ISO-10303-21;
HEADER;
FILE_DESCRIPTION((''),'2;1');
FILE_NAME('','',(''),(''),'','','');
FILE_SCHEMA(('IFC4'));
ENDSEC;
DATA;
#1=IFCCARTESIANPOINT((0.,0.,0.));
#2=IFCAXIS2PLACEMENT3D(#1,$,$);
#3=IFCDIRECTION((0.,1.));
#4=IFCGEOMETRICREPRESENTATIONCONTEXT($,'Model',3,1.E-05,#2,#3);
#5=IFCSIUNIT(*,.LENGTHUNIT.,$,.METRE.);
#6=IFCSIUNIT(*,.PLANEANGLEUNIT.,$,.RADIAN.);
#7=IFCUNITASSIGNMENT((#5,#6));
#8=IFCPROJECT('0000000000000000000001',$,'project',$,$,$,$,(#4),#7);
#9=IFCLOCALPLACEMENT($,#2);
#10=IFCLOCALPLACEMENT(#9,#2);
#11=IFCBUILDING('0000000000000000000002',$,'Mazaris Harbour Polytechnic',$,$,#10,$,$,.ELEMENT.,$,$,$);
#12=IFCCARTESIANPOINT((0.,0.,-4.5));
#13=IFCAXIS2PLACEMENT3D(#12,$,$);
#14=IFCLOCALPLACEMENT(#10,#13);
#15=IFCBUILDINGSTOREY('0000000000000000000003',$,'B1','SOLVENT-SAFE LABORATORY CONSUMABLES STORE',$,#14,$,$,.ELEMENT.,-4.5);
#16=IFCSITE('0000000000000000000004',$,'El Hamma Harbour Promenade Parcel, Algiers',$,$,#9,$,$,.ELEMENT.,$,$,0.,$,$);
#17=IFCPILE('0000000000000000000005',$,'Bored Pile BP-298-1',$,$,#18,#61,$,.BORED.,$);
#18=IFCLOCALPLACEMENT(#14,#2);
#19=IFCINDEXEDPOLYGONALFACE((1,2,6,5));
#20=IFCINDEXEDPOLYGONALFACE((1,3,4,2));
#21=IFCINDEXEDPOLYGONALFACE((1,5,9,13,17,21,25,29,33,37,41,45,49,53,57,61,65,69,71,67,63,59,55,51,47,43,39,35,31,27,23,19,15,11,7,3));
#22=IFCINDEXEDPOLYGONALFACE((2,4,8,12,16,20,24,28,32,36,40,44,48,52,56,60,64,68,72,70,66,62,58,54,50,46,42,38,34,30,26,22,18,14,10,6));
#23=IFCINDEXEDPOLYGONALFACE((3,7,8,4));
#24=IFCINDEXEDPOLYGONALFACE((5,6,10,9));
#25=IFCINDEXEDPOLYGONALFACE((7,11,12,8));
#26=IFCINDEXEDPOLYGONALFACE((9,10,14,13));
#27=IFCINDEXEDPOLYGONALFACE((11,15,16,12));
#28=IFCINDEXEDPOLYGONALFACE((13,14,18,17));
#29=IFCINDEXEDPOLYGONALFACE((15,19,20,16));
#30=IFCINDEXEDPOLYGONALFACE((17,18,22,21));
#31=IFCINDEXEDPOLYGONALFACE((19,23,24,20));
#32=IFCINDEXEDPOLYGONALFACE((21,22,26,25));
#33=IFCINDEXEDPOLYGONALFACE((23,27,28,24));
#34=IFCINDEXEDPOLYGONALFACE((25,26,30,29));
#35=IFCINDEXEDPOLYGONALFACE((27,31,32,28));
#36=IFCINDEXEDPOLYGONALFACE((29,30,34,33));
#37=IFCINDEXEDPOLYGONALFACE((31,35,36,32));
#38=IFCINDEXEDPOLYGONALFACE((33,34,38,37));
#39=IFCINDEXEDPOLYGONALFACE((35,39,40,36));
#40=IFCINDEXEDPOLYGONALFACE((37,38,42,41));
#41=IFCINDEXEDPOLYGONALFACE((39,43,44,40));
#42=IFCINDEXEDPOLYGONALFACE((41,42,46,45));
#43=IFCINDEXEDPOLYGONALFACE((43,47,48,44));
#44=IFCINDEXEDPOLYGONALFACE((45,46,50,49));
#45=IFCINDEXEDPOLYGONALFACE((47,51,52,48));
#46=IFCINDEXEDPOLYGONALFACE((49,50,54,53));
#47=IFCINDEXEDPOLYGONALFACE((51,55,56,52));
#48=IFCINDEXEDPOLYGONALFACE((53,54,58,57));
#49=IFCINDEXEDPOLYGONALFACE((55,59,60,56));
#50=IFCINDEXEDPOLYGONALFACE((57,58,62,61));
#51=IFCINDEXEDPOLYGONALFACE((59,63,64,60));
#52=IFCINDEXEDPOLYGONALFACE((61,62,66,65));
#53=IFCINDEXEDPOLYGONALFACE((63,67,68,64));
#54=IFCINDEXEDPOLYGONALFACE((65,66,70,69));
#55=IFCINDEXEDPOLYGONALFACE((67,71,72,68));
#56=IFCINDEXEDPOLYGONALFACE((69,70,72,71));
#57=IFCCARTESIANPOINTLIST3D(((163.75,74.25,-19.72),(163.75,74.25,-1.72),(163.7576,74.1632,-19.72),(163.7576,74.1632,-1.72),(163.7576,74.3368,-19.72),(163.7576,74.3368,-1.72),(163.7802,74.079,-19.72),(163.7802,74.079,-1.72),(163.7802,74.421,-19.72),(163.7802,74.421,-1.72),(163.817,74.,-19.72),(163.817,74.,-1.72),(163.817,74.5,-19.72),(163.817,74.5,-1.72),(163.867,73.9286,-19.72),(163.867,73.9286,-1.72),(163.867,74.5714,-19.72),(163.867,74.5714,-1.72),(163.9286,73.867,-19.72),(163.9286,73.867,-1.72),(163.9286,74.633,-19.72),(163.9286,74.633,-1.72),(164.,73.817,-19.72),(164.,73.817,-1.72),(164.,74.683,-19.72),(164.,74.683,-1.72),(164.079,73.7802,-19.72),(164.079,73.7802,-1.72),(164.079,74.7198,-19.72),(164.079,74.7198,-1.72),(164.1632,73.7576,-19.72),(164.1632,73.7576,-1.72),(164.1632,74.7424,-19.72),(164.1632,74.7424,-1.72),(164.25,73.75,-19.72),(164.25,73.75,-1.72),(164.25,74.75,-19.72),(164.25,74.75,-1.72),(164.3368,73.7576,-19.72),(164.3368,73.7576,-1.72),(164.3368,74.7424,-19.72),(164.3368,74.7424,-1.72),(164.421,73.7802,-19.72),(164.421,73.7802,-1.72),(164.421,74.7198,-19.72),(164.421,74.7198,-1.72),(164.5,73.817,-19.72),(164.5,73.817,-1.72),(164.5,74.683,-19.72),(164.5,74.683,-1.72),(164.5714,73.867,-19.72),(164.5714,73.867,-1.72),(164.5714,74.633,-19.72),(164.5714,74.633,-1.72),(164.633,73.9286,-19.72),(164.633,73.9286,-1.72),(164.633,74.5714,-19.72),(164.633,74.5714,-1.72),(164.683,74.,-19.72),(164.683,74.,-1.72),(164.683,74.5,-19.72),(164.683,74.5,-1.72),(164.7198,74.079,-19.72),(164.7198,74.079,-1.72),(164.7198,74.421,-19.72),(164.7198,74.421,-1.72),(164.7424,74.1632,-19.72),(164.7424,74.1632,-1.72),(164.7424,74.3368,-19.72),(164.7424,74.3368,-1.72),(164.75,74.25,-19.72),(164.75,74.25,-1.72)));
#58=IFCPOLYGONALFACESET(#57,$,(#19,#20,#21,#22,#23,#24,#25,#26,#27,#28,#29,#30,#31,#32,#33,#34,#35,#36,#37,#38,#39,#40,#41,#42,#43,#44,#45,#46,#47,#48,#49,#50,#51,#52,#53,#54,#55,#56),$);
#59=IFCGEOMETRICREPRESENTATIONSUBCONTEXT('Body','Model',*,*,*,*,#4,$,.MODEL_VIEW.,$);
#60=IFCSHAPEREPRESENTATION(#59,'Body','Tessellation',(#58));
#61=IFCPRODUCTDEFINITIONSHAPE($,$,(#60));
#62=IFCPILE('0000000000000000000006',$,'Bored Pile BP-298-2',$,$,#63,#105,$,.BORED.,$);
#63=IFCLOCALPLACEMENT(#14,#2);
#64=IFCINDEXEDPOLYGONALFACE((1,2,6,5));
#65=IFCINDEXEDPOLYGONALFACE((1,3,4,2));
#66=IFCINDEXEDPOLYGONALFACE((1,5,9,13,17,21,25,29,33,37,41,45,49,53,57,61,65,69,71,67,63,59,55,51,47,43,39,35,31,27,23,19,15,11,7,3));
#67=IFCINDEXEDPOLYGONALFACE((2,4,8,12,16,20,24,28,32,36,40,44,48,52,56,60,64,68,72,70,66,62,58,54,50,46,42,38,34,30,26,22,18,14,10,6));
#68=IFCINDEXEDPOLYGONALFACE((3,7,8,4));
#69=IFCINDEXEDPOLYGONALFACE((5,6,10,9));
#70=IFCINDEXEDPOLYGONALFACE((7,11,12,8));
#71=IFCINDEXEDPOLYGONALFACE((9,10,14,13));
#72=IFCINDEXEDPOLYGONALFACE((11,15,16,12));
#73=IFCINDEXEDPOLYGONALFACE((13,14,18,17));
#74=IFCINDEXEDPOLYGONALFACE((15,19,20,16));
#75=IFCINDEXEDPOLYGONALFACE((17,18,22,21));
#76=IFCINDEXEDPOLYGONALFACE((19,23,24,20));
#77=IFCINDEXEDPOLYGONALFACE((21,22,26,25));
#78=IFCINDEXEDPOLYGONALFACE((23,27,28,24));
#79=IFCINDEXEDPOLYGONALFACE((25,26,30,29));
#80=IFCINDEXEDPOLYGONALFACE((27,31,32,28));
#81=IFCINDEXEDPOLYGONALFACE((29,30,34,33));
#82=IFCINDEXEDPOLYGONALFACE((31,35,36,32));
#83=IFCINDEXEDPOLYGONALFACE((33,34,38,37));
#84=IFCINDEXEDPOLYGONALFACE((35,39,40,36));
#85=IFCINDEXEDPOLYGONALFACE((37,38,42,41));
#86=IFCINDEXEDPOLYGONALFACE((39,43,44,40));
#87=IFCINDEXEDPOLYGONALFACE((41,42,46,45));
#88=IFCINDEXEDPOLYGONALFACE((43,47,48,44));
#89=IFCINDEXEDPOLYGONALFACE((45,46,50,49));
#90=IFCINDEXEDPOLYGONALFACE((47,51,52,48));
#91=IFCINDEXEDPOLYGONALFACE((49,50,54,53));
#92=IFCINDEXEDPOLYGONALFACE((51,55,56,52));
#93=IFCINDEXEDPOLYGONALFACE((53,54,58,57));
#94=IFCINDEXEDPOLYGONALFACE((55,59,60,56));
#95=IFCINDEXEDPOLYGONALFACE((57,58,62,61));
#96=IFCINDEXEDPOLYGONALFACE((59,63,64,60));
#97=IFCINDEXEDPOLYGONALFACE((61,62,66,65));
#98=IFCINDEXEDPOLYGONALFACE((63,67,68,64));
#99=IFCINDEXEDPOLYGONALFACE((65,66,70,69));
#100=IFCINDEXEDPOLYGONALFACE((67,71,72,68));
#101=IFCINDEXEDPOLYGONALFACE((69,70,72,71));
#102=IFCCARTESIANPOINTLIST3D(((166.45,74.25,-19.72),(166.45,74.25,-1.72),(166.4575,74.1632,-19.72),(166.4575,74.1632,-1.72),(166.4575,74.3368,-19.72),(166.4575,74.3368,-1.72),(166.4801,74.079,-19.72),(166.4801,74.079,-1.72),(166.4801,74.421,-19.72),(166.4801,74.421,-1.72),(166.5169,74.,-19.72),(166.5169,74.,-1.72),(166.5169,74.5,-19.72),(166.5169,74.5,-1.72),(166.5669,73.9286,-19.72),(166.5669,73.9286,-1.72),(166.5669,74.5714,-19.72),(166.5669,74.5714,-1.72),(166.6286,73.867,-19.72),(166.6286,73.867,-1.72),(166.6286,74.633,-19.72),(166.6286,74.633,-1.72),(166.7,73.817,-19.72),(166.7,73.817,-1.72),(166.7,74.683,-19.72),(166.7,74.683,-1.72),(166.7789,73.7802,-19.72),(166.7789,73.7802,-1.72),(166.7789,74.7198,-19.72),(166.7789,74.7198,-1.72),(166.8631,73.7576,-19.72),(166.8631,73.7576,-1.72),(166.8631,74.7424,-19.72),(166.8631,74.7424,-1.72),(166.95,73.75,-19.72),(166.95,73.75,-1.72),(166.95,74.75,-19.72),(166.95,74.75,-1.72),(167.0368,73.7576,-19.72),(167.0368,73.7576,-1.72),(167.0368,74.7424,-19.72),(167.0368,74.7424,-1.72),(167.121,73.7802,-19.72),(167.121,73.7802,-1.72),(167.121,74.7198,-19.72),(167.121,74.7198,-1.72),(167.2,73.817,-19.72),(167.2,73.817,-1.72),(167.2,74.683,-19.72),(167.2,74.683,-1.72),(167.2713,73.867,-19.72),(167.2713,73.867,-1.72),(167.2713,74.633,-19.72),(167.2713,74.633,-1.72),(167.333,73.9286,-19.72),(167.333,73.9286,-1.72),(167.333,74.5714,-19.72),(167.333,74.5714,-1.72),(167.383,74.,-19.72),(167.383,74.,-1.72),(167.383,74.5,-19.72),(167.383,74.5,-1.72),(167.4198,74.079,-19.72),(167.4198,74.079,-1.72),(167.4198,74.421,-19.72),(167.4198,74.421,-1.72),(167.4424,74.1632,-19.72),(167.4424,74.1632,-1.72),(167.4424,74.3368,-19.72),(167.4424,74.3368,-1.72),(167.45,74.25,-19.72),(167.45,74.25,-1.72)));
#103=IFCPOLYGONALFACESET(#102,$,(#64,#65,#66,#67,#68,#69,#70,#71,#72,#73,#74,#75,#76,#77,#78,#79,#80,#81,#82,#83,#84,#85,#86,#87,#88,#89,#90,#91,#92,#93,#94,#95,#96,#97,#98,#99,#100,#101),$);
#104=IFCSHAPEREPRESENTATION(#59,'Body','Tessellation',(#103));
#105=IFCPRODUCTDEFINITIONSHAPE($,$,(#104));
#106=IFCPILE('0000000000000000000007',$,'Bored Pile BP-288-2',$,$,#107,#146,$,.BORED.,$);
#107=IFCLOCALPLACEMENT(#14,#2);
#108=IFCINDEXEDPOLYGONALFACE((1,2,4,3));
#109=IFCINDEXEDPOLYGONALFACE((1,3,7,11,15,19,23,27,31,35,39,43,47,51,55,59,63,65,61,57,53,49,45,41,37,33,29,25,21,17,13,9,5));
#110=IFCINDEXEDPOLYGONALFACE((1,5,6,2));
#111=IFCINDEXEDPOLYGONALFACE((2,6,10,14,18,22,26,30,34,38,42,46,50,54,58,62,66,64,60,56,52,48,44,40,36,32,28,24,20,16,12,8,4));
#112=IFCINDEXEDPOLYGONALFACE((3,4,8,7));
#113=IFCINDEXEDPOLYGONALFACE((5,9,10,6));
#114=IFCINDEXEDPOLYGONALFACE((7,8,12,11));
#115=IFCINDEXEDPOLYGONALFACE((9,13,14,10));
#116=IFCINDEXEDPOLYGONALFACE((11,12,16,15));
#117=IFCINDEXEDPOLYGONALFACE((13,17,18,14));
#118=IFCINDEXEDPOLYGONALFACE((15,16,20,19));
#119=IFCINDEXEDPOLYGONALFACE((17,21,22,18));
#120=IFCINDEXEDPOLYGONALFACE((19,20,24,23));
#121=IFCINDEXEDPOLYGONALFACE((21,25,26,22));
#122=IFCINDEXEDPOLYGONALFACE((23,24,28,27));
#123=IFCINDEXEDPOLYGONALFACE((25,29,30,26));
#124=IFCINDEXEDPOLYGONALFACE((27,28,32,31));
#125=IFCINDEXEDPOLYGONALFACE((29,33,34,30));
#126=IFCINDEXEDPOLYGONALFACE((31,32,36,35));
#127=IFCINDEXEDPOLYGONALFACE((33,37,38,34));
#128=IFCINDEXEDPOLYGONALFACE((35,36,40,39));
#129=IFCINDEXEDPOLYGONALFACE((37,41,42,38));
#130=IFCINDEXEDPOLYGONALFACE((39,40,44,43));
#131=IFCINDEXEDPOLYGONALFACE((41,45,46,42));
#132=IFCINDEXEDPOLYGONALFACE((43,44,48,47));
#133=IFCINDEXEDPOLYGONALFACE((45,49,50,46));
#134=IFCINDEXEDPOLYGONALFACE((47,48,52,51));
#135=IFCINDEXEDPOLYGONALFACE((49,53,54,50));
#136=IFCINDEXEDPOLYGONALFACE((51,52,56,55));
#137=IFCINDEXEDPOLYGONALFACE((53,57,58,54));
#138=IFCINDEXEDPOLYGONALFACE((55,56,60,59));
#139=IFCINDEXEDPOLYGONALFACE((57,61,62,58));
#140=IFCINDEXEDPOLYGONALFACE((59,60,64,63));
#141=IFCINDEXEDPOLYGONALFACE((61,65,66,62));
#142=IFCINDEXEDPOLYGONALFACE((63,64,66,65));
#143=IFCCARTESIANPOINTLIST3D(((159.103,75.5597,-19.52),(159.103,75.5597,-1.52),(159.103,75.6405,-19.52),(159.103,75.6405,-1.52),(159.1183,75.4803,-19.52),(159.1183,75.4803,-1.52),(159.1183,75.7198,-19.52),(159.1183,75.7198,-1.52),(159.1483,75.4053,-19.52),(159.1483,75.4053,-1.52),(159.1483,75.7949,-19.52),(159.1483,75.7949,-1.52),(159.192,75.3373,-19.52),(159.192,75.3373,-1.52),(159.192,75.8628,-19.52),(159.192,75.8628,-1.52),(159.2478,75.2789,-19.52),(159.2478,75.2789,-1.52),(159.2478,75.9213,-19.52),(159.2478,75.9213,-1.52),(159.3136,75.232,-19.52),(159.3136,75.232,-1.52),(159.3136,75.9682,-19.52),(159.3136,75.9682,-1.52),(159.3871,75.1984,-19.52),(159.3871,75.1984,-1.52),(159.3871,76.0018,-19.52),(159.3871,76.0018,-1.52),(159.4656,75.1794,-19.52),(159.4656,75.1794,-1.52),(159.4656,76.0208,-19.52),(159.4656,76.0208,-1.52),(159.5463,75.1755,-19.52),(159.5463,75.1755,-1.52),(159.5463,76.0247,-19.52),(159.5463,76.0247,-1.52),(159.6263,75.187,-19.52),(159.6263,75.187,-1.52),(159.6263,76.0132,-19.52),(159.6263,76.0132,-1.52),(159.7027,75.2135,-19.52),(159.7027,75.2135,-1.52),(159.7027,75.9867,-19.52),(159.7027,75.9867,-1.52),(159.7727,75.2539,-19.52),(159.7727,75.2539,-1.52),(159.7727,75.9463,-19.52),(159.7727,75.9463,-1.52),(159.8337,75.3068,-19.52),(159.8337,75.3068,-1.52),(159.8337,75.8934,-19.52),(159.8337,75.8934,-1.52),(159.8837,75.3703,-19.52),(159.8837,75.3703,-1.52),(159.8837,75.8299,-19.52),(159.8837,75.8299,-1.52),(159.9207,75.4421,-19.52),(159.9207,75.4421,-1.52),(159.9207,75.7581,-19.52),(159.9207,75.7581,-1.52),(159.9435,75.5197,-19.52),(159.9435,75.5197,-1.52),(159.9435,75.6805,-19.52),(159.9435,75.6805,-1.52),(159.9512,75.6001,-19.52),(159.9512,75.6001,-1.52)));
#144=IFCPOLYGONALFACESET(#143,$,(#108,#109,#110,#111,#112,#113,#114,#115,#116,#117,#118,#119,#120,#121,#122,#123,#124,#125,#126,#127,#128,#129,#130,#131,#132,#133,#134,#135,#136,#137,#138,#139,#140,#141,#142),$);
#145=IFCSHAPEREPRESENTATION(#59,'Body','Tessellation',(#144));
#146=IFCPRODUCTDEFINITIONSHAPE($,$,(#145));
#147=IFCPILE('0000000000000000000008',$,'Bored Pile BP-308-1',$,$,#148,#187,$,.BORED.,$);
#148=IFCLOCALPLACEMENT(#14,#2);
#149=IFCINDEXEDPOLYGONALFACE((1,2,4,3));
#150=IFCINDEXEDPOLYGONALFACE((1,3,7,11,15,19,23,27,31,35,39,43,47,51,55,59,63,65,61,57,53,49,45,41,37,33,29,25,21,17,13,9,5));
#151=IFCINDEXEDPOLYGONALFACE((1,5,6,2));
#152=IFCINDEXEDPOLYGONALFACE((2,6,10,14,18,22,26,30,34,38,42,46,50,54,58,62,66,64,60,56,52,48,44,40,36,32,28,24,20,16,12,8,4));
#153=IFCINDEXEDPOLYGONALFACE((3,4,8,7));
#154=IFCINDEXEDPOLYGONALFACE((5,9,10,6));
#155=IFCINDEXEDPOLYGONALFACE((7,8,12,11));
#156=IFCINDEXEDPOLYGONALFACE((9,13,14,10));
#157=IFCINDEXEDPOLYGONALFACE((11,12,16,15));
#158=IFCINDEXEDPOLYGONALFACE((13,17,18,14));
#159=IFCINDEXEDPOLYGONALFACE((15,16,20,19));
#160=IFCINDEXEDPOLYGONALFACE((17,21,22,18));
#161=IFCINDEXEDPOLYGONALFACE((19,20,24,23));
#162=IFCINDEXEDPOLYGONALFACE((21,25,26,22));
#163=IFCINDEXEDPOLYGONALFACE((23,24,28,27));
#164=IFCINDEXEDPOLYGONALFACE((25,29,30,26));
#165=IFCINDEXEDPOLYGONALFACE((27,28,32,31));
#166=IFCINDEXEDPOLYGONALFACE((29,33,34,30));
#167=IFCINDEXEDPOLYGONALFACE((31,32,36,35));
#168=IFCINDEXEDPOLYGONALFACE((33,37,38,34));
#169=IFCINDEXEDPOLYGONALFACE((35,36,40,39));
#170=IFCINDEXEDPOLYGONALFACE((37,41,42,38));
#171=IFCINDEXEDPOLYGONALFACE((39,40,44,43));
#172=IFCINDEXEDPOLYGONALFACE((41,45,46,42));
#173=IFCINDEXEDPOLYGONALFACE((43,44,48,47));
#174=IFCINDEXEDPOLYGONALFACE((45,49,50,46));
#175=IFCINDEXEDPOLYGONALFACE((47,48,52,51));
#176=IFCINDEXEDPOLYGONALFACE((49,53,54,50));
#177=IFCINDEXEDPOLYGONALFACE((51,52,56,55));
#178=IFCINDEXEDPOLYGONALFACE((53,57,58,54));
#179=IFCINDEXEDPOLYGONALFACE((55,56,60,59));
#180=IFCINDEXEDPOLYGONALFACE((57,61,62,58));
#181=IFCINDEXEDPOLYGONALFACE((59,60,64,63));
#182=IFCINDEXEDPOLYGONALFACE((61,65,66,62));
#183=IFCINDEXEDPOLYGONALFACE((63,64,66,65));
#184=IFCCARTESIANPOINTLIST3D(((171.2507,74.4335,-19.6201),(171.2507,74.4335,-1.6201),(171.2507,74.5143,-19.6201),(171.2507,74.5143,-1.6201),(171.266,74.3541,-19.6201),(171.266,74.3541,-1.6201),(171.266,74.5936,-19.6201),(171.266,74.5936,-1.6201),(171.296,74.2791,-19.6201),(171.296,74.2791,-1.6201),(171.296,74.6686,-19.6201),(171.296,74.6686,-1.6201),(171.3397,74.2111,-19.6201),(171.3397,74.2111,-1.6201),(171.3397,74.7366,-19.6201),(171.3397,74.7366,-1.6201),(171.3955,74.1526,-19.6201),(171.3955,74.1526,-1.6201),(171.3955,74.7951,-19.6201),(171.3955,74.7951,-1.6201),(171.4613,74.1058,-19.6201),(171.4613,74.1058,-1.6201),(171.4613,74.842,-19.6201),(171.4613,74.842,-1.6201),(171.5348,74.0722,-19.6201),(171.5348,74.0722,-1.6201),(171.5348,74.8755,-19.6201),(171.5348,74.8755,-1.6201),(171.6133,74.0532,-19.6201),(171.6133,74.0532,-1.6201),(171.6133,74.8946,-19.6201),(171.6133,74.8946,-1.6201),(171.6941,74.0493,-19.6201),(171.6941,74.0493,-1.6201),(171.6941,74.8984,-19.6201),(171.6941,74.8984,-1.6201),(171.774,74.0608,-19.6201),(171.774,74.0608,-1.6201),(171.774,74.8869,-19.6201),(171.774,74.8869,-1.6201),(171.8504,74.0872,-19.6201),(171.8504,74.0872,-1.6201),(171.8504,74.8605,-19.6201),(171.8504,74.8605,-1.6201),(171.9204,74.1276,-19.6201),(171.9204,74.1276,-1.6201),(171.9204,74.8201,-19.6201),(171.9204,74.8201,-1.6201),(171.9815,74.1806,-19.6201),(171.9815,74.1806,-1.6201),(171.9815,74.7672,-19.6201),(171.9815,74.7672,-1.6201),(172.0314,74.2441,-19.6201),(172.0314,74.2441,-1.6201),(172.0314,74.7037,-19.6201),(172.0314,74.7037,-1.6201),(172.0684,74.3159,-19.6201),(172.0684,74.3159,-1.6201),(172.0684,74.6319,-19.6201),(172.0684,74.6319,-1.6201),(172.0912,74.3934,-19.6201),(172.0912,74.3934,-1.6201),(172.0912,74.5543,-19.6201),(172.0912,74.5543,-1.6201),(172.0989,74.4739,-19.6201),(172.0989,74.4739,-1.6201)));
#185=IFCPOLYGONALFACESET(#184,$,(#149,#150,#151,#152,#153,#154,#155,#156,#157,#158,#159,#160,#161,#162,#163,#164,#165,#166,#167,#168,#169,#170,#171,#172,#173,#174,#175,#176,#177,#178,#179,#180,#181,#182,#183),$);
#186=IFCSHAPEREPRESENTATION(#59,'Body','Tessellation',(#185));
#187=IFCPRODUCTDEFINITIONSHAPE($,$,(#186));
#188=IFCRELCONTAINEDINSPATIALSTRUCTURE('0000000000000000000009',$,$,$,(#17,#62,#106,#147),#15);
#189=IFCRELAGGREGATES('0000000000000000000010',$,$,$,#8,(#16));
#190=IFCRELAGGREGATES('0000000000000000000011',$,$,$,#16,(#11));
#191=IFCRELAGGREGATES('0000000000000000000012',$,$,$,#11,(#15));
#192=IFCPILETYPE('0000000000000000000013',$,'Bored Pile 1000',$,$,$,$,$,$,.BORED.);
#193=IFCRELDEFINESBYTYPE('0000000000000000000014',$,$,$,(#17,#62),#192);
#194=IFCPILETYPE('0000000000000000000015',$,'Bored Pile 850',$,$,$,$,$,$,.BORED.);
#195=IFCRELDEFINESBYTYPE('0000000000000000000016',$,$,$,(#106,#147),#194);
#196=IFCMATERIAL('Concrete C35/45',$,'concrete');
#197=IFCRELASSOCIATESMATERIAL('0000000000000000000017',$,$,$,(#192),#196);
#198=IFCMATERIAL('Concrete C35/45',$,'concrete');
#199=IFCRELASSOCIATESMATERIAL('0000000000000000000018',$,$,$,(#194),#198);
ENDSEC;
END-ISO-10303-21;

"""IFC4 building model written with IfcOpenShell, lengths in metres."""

from ifc_helpers import new_model, si_unit, direction, frame, origin, origin_2d, place, context, subcontext, project, spatial, circle, extrude, material, material_profile, profile_set, type_object, element, save


model = new_model("IFC4")

# Units and contexts
model_context = context("Model", 3, precision=1e-05, world=origin(), true_north=direction((0.0, 1.0)))
body_context = subcontext(model_context, "Body", "Model", "MODEL_VIEW")
ifc_project = project(units=[si_unit("LENGTHUNIT", "METRE"), si_unit("PLANEANGLEUNIT", "RADIAN")], contexts=[model_context])

# Site, building, storey
site_placement = place(None, origin())
site = spatial("IfcSite", under=ifc_project, at=site_placement, Name="El Hamma Harbour Promenade Parcel, Algiers", CompositionType="ELEMENT", RefElevation=0.0)
building_placement = place(site_placement, origin())
building = spatial("IfcBuilding", under=site, at=building_placement, Name="Mazaris Harbour Polytechnic", CompositionType="ELEMENT")
storey_placement = place(building_placement, frame((0.0, 0.0, -4.5)))
storey = spatial("IfcBuildingStorey", under=building, at=storey_placement, Name="B1", Description="SOLVENT-SAFE LABORATORY CONSUMABLES STORE", CompositionType="ELEMENT", Elevation=-4.5)

# Piles
ifc_material_1 = material(Name="Concrete C35/45", Category="concrete")
ifc_material_profile_1 = material_profile(ifc_material_1, circle(Radius=0.5, at=origin_2d()), Name="DIA1000")
ifc_profile_set_1 = profile_set([ifc_material_profile_1], Name="Concrete C35/45")
pile_type_1 = type_object("IfcPileType", Name="Bored Pile 1000", PredefinedType="BORED", material=ifc_profile_set_1)
for number, where, z_axis, x_axis, name in (
    (1, (164.25, 74.25, -1.72), (0.0, 0.0, -1.0), (1.0, 0.0, 0.0), "Bored Pile BP-298-1"),
    (2, (166.95, 74.25, -1.72), (0.0, 0.0, -1.0), (1.0, 0.0, 0.0), "Bored Pile BP-298-2"),
):
    element("IfcPile", number, at=place(storey_placement, frame(where, z_axis=z_axis, x_axis=x_axis)), inside=storey, type_object=pile_type_1, Name=name, PredefinedType="BORED", context=body_context, shape_type="SweptSolid", body=[
        extrude(circle(Radius=0.5, at=origin_2d()), origin(), (0.0, 0.0, 1.0), 18.0),
    ])
ifc_material_2 = material(Name="Concrete C35/45", Category="concrete")
ifc_material_profile_2 = material_profile(ifc_material_2, circle(Radius=0.425, at=origin_2d()), Name="DIA850")
ifc_profile_set_2 = profile_set([ifc_material_profile_2], Name="Concrete C35/45")
pile_type_2 = type_object("IfcPileType", Name="Bored Pile 850", PredefinedType="BORED", material=ifc_profile_set_2)
for number, where, z_axis, x_axis, name in (
    (3, (159.5261, 75.6001, -1.52), (0.0, 0.0, -1.0), (1.0, 0.0, 0.0), "Bored Pile BP-288-2"),
    (4, (171.6738, 74.4739, -1.6201), (0.0, 0.0, -1.0), (1.0, 0.0, 0.0), "Bored Pile BP-308-1"),
):
    element("IfcPile", number, at=place(storey_placement, frame(where, z_axis=z_axis, x_axis=x_axis)), inside=storey, type_object=pile_type_2, Name=name, PredefinedType="BORED", context=body_context, shape_type="SweptSolid", body=[
        extrude(circle(Radius=0.425, at=origin_2d()), origin(), (0.0, 0.0, 1.0), 18.0),
    ])

save(model, "model.ifc")
